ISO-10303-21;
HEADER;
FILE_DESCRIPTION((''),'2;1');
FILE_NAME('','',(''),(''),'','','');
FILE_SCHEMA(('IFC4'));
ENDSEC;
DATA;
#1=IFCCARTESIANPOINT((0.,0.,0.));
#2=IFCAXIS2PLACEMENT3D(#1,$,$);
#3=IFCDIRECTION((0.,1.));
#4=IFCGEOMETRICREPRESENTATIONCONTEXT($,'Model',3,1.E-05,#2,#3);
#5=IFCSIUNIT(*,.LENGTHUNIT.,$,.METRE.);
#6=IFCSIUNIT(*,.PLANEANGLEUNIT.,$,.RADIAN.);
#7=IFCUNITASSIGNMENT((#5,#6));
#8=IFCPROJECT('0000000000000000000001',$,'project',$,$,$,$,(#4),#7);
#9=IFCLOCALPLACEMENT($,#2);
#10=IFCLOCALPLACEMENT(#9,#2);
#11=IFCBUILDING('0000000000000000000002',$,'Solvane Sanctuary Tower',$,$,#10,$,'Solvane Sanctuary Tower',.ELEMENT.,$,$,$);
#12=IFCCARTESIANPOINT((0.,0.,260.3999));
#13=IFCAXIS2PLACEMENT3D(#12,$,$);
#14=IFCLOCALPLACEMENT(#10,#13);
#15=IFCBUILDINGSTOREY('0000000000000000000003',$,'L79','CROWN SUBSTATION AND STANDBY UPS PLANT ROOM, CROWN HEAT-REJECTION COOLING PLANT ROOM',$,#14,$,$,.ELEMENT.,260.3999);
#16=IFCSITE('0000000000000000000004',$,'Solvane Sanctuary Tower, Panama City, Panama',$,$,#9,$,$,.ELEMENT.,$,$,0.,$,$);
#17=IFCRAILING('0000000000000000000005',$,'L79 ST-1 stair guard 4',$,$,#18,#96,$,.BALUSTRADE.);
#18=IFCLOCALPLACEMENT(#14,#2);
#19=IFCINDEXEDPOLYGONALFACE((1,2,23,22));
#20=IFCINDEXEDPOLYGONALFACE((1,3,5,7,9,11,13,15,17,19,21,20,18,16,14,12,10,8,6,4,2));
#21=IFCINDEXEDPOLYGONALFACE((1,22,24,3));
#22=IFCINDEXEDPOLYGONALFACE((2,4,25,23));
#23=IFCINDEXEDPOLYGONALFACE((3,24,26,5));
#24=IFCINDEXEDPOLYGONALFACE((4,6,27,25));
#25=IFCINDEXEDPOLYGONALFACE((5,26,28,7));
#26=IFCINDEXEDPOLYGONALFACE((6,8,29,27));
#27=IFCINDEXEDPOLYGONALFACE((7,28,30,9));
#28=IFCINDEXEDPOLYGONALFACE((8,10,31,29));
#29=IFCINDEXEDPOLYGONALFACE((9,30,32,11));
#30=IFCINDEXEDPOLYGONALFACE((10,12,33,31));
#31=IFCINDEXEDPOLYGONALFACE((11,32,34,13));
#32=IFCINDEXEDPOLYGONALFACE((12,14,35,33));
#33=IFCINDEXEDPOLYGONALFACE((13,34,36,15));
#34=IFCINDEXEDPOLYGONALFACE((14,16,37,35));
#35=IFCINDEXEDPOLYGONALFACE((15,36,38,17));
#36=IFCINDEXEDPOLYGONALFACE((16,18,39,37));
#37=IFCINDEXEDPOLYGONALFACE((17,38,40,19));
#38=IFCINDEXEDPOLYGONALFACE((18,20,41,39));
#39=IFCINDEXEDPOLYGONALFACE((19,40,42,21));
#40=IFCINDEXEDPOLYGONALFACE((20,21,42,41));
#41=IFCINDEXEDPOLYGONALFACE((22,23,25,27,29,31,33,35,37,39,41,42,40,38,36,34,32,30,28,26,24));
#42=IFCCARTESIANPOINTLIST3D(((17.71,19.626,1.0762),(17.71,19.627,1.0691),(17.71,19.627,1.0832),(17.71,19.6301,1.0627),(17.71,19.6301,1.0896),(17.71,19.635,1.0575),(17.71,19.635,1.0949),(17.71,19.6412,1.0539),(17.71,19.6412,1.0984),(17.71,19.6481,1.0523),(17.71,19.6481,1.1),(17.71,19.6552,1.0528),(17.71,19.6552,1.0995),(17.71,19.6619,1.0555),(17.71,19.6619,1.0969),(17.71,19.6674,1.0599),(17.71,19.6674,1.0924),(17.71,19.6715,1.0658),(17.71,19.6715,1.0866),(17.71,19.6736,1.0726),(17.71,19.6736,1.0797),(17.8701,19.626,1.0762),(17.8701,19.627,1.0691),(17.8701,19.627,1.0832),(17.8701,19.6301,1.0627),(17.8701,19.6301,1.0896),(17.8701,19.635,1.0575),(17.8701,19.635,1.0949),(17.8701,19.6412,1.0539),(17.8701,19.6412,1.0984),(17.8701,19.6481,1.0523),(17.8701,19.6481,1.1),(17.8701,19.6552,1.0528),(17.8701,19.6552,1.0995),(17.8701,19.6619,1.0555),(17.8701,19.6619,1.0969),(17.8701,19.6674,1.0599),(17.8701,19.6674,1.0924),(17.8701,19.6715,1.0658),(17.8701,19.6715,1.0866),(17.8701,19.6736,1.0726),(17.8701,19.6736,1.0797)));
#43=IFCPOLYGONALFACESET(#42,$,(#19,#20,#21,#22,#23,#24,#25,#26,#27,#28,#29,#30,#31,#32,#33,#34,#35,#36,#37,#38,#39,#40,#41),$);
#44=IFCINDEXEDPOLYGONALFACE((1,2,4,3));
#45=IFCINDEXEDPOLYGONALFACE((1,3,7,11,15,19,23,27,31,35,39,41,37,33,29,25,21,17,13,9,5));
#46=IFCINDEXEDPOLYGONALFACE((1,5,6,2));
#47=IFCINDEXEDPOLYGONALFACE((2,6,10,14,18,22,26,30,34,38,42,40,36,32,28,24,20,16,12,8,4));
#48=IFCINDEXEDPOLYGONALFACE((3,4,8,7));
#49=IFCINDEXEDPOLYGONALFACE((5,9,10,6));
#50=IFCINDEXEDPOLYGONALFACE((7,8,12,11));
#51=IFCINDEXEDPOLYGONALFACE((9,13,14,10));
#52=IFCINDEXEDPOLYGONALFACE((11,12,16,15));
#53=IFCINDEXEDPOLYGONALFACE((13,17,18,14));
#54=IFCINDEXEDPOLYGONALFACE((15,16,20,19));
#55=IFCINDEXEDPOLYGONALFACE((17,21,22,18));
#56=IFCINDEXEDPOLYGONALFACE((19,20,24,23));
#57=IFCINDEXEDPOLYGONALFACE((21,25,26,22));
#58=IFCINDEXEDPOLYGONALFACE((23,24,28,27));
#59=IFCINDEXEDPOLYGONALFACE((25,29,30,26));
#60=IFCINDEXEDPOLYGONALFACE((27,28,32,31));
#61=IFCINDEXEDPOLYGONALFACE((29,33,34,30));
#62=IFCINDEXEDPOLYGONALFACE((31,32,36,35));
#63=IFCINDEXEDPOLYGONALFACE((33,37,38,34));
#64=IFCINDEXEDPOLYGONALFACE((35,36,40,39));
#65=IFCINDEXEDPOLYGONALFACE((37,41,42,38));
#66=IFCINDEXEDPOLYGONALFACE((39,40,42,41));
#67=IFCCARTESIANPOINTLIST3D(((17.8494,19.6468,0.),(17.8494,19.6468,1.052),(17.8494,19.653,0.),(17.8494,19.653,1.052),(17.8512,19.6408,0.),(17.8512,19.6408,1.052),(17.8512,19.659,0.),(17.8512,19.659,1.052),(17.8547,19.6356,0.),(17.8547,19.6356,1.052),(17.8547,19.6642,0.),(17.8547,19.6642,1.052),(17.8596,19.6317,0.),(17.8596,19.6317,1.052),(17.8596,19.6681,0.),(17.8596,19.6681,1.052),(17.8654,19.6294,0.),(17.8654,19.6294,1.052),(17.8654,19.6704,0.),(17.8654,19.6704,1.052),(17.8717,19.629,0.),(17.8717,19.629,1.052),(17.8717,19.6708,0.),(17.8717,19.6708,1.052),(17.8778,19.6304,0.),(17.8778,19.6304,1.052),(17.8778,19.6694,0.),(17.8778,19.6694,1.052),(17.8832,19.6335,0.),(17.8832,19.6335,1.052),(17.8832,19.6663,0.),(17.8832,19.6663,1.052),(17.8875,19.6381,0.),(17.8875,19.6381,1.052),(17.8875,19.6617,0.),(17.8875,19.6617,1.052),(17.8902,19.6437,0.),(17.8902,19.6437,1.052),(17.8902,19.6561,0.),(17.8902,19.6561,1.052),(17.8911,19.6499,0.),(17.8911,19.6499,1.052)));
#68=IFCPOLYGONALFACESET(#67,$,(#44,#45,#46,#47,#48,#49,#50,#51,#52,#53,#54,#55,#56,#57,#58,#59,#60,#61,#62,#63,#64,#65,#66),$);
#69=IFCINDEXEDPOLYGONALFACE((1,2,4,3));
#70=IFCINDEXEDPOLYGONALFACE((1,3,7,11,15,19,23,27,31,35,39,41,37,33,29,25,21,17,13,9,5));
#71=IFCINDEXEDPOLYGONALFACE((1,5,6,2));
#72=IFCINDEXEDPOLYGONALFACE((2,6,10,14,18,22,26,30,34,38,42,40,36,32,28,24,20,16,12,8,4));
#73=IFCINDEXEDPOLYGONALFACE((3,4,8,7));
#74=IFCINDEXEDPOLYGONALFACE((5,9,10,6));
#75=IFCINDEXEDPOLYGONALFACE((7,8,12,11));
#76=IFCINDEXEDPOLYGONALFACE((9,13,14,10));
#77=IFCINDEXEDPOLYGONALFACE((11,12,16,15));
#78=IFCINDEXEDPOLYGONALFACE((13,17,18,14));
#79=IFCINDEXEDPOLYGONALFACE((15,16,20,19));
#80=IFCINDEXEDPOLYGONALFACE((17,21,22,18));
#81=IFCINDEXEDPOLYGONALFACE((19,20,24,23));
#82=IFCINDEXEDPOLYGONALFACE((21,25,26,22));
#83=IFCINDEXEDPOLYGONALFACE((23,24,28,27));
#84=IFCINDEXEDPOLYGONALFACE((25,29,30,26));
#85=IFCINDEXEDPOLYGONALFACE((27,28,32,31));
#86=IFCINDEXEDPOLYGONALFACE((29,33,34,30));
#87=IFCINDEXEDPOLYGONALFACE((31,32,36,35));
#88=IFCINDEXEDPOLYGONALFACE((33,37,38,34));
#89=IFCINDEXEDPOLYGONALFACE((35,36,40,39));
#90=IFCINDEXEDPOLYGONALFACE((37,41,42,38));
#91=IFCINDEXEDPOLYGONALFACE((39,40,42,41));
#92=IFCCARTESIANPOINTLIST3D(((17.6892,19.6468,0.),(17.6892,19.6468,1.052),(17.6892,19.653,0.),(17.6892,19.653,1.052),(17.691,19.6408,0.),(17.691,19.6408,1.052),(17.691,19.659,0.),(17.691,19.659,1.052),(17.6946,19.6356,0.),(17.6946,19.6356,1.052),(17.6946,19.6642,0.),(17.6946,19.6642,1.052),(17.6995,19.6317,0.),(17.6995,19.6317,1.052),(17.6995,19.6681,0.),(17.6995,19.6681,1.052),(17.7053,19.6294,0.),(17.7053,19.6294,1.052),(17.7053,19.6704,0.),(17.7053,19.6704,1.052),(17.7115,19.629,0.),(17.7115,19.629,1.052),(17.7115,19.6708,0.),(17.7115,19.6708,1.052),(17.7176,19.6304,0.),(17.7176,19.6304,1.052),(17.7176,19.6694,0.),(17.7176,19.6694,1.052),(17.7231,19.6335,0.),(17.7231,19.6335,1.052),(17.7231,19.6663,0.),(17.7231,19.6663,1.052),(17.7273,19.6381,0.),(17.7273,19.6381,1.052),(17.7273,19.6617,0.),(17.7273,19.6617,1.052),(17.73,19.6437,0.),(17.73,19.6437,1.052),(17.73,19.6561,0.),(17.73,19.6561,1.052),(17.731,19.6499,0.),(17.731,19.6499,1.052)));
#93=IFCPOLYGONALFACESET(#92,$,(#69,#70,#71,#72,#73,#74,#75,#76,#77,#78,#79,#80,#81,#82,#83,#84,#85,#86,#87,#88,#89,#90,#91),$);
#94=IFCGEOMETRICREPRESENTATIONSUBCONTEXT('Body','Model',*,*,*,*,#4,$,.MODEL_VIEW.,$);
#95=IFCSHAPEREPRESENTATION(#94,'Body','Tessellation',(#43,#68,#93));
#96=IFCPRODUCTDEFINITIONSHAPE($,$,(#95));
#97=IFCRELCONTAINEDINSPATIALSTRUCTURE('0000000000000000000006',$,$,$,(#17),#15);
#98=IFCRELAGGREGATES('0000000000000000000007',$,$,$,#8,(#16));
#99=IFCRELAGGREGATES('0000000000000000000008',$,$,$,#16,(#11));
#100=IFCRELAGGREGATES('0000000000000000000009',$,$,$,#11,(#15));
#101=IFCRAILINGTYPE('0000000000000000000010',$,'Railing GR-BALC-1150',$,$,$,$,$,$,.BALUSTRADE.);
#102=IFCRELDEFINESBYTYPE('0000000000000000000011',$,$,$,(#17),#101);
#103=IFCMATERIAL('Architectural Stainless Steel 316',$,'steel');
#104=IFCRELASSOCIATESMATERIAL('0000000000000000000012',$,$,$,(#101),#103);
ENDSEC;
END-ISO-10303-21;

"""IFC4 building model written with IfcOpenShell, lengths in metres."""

from ifc_helpers import new_model, si_unit, direction, frame, origin, origin_2d, place, context, subcontext, project, spatial, circle, extrude, material, type_object, element, save


model = new_model("IFC4")

# Units and contexts
model_context = context("Model", 3, precision=1e-05, world=origin(), true_north=direction((0.0, 1.0)))
body_context = subcontext(model_context, "Body", "Model", "MODEL_VIEW")
ifc_project = project(units=[si_unit("LENGTHUNIT", "METRE"), si_unit("PLANEANGLEUNIT", "RADIAN")], contexts=[model_context])

# Site, building, storey
site_placement = place(None, origin())
site = spatial("IfcSite", under=ifc_project, at=site_placement, Name="Solvane Sanctuary Tower, Panama City, Panama", CompositionType="ELEMENT", RefElevation=0.0)
building_placement = place(site_placement, origin())
building = spatial("IfcBuilding", under=site, at=building_placement, Name="Solvane Sanctuary Tower", LongName="Solvane Sanctuary Tower", CompositionType="ELEMENT")
storey_placement = place(building_placement, frame((0.0, 0.0, 260.3999)))
storey = spatial("IfcBuildingStorey", under=building, at=storey_placement, Name="L79", Description="CROWN SUBSTATION AND STANDBY UPS PLANT ROOM, CROWN HEAT-REJECTION COOLING PLANT ROOM", CompositionType="ELEMENT", Elevation=260.3999)

# Shared definitions
ifc_material_1 = material(Name="Architectural Stainless Steel 316", Category="steel")

# Railing
railing_type_1 = type_object("IfcRailingType", Name="Railing GR-BALC-1150", PredefinedType="BALUSTRADE", material=ifc_material_1)
railing_1_placement = place(storey_placement, frame((17.8701, 19.6499, 0.0)))
element("IfcRailing", 1, at=railing_1_placement, inside=storey, type_object=railing_type_1, Name="L79 ST-1 stair guard 4", PredefinedType="BALUSTRADE", context=body_context, shape_type="SweptSolid", body=[
    extrude(circle(Radius=0.0239, at=origin_2d()), frame((0.0, 0.0, 1.0762), z_axis=(-1.0, 0.0, 0.0), x_axis=(0.0, -1.0, 0.0)), (0.0, 0.0, 1.0), 0.1602),
    extrude(circle(Radius=0.021, at=origin_2d()), origin(), (0.0, 0.0, 1.0), 1.052),
    extrude(circle(Radius=0.021, at=origin_2d()), frame((-0.1602, 0.0, 0.0)), (0.0, 0.0, 1.0), 1.052),
])

save(model, "model.ifc")
